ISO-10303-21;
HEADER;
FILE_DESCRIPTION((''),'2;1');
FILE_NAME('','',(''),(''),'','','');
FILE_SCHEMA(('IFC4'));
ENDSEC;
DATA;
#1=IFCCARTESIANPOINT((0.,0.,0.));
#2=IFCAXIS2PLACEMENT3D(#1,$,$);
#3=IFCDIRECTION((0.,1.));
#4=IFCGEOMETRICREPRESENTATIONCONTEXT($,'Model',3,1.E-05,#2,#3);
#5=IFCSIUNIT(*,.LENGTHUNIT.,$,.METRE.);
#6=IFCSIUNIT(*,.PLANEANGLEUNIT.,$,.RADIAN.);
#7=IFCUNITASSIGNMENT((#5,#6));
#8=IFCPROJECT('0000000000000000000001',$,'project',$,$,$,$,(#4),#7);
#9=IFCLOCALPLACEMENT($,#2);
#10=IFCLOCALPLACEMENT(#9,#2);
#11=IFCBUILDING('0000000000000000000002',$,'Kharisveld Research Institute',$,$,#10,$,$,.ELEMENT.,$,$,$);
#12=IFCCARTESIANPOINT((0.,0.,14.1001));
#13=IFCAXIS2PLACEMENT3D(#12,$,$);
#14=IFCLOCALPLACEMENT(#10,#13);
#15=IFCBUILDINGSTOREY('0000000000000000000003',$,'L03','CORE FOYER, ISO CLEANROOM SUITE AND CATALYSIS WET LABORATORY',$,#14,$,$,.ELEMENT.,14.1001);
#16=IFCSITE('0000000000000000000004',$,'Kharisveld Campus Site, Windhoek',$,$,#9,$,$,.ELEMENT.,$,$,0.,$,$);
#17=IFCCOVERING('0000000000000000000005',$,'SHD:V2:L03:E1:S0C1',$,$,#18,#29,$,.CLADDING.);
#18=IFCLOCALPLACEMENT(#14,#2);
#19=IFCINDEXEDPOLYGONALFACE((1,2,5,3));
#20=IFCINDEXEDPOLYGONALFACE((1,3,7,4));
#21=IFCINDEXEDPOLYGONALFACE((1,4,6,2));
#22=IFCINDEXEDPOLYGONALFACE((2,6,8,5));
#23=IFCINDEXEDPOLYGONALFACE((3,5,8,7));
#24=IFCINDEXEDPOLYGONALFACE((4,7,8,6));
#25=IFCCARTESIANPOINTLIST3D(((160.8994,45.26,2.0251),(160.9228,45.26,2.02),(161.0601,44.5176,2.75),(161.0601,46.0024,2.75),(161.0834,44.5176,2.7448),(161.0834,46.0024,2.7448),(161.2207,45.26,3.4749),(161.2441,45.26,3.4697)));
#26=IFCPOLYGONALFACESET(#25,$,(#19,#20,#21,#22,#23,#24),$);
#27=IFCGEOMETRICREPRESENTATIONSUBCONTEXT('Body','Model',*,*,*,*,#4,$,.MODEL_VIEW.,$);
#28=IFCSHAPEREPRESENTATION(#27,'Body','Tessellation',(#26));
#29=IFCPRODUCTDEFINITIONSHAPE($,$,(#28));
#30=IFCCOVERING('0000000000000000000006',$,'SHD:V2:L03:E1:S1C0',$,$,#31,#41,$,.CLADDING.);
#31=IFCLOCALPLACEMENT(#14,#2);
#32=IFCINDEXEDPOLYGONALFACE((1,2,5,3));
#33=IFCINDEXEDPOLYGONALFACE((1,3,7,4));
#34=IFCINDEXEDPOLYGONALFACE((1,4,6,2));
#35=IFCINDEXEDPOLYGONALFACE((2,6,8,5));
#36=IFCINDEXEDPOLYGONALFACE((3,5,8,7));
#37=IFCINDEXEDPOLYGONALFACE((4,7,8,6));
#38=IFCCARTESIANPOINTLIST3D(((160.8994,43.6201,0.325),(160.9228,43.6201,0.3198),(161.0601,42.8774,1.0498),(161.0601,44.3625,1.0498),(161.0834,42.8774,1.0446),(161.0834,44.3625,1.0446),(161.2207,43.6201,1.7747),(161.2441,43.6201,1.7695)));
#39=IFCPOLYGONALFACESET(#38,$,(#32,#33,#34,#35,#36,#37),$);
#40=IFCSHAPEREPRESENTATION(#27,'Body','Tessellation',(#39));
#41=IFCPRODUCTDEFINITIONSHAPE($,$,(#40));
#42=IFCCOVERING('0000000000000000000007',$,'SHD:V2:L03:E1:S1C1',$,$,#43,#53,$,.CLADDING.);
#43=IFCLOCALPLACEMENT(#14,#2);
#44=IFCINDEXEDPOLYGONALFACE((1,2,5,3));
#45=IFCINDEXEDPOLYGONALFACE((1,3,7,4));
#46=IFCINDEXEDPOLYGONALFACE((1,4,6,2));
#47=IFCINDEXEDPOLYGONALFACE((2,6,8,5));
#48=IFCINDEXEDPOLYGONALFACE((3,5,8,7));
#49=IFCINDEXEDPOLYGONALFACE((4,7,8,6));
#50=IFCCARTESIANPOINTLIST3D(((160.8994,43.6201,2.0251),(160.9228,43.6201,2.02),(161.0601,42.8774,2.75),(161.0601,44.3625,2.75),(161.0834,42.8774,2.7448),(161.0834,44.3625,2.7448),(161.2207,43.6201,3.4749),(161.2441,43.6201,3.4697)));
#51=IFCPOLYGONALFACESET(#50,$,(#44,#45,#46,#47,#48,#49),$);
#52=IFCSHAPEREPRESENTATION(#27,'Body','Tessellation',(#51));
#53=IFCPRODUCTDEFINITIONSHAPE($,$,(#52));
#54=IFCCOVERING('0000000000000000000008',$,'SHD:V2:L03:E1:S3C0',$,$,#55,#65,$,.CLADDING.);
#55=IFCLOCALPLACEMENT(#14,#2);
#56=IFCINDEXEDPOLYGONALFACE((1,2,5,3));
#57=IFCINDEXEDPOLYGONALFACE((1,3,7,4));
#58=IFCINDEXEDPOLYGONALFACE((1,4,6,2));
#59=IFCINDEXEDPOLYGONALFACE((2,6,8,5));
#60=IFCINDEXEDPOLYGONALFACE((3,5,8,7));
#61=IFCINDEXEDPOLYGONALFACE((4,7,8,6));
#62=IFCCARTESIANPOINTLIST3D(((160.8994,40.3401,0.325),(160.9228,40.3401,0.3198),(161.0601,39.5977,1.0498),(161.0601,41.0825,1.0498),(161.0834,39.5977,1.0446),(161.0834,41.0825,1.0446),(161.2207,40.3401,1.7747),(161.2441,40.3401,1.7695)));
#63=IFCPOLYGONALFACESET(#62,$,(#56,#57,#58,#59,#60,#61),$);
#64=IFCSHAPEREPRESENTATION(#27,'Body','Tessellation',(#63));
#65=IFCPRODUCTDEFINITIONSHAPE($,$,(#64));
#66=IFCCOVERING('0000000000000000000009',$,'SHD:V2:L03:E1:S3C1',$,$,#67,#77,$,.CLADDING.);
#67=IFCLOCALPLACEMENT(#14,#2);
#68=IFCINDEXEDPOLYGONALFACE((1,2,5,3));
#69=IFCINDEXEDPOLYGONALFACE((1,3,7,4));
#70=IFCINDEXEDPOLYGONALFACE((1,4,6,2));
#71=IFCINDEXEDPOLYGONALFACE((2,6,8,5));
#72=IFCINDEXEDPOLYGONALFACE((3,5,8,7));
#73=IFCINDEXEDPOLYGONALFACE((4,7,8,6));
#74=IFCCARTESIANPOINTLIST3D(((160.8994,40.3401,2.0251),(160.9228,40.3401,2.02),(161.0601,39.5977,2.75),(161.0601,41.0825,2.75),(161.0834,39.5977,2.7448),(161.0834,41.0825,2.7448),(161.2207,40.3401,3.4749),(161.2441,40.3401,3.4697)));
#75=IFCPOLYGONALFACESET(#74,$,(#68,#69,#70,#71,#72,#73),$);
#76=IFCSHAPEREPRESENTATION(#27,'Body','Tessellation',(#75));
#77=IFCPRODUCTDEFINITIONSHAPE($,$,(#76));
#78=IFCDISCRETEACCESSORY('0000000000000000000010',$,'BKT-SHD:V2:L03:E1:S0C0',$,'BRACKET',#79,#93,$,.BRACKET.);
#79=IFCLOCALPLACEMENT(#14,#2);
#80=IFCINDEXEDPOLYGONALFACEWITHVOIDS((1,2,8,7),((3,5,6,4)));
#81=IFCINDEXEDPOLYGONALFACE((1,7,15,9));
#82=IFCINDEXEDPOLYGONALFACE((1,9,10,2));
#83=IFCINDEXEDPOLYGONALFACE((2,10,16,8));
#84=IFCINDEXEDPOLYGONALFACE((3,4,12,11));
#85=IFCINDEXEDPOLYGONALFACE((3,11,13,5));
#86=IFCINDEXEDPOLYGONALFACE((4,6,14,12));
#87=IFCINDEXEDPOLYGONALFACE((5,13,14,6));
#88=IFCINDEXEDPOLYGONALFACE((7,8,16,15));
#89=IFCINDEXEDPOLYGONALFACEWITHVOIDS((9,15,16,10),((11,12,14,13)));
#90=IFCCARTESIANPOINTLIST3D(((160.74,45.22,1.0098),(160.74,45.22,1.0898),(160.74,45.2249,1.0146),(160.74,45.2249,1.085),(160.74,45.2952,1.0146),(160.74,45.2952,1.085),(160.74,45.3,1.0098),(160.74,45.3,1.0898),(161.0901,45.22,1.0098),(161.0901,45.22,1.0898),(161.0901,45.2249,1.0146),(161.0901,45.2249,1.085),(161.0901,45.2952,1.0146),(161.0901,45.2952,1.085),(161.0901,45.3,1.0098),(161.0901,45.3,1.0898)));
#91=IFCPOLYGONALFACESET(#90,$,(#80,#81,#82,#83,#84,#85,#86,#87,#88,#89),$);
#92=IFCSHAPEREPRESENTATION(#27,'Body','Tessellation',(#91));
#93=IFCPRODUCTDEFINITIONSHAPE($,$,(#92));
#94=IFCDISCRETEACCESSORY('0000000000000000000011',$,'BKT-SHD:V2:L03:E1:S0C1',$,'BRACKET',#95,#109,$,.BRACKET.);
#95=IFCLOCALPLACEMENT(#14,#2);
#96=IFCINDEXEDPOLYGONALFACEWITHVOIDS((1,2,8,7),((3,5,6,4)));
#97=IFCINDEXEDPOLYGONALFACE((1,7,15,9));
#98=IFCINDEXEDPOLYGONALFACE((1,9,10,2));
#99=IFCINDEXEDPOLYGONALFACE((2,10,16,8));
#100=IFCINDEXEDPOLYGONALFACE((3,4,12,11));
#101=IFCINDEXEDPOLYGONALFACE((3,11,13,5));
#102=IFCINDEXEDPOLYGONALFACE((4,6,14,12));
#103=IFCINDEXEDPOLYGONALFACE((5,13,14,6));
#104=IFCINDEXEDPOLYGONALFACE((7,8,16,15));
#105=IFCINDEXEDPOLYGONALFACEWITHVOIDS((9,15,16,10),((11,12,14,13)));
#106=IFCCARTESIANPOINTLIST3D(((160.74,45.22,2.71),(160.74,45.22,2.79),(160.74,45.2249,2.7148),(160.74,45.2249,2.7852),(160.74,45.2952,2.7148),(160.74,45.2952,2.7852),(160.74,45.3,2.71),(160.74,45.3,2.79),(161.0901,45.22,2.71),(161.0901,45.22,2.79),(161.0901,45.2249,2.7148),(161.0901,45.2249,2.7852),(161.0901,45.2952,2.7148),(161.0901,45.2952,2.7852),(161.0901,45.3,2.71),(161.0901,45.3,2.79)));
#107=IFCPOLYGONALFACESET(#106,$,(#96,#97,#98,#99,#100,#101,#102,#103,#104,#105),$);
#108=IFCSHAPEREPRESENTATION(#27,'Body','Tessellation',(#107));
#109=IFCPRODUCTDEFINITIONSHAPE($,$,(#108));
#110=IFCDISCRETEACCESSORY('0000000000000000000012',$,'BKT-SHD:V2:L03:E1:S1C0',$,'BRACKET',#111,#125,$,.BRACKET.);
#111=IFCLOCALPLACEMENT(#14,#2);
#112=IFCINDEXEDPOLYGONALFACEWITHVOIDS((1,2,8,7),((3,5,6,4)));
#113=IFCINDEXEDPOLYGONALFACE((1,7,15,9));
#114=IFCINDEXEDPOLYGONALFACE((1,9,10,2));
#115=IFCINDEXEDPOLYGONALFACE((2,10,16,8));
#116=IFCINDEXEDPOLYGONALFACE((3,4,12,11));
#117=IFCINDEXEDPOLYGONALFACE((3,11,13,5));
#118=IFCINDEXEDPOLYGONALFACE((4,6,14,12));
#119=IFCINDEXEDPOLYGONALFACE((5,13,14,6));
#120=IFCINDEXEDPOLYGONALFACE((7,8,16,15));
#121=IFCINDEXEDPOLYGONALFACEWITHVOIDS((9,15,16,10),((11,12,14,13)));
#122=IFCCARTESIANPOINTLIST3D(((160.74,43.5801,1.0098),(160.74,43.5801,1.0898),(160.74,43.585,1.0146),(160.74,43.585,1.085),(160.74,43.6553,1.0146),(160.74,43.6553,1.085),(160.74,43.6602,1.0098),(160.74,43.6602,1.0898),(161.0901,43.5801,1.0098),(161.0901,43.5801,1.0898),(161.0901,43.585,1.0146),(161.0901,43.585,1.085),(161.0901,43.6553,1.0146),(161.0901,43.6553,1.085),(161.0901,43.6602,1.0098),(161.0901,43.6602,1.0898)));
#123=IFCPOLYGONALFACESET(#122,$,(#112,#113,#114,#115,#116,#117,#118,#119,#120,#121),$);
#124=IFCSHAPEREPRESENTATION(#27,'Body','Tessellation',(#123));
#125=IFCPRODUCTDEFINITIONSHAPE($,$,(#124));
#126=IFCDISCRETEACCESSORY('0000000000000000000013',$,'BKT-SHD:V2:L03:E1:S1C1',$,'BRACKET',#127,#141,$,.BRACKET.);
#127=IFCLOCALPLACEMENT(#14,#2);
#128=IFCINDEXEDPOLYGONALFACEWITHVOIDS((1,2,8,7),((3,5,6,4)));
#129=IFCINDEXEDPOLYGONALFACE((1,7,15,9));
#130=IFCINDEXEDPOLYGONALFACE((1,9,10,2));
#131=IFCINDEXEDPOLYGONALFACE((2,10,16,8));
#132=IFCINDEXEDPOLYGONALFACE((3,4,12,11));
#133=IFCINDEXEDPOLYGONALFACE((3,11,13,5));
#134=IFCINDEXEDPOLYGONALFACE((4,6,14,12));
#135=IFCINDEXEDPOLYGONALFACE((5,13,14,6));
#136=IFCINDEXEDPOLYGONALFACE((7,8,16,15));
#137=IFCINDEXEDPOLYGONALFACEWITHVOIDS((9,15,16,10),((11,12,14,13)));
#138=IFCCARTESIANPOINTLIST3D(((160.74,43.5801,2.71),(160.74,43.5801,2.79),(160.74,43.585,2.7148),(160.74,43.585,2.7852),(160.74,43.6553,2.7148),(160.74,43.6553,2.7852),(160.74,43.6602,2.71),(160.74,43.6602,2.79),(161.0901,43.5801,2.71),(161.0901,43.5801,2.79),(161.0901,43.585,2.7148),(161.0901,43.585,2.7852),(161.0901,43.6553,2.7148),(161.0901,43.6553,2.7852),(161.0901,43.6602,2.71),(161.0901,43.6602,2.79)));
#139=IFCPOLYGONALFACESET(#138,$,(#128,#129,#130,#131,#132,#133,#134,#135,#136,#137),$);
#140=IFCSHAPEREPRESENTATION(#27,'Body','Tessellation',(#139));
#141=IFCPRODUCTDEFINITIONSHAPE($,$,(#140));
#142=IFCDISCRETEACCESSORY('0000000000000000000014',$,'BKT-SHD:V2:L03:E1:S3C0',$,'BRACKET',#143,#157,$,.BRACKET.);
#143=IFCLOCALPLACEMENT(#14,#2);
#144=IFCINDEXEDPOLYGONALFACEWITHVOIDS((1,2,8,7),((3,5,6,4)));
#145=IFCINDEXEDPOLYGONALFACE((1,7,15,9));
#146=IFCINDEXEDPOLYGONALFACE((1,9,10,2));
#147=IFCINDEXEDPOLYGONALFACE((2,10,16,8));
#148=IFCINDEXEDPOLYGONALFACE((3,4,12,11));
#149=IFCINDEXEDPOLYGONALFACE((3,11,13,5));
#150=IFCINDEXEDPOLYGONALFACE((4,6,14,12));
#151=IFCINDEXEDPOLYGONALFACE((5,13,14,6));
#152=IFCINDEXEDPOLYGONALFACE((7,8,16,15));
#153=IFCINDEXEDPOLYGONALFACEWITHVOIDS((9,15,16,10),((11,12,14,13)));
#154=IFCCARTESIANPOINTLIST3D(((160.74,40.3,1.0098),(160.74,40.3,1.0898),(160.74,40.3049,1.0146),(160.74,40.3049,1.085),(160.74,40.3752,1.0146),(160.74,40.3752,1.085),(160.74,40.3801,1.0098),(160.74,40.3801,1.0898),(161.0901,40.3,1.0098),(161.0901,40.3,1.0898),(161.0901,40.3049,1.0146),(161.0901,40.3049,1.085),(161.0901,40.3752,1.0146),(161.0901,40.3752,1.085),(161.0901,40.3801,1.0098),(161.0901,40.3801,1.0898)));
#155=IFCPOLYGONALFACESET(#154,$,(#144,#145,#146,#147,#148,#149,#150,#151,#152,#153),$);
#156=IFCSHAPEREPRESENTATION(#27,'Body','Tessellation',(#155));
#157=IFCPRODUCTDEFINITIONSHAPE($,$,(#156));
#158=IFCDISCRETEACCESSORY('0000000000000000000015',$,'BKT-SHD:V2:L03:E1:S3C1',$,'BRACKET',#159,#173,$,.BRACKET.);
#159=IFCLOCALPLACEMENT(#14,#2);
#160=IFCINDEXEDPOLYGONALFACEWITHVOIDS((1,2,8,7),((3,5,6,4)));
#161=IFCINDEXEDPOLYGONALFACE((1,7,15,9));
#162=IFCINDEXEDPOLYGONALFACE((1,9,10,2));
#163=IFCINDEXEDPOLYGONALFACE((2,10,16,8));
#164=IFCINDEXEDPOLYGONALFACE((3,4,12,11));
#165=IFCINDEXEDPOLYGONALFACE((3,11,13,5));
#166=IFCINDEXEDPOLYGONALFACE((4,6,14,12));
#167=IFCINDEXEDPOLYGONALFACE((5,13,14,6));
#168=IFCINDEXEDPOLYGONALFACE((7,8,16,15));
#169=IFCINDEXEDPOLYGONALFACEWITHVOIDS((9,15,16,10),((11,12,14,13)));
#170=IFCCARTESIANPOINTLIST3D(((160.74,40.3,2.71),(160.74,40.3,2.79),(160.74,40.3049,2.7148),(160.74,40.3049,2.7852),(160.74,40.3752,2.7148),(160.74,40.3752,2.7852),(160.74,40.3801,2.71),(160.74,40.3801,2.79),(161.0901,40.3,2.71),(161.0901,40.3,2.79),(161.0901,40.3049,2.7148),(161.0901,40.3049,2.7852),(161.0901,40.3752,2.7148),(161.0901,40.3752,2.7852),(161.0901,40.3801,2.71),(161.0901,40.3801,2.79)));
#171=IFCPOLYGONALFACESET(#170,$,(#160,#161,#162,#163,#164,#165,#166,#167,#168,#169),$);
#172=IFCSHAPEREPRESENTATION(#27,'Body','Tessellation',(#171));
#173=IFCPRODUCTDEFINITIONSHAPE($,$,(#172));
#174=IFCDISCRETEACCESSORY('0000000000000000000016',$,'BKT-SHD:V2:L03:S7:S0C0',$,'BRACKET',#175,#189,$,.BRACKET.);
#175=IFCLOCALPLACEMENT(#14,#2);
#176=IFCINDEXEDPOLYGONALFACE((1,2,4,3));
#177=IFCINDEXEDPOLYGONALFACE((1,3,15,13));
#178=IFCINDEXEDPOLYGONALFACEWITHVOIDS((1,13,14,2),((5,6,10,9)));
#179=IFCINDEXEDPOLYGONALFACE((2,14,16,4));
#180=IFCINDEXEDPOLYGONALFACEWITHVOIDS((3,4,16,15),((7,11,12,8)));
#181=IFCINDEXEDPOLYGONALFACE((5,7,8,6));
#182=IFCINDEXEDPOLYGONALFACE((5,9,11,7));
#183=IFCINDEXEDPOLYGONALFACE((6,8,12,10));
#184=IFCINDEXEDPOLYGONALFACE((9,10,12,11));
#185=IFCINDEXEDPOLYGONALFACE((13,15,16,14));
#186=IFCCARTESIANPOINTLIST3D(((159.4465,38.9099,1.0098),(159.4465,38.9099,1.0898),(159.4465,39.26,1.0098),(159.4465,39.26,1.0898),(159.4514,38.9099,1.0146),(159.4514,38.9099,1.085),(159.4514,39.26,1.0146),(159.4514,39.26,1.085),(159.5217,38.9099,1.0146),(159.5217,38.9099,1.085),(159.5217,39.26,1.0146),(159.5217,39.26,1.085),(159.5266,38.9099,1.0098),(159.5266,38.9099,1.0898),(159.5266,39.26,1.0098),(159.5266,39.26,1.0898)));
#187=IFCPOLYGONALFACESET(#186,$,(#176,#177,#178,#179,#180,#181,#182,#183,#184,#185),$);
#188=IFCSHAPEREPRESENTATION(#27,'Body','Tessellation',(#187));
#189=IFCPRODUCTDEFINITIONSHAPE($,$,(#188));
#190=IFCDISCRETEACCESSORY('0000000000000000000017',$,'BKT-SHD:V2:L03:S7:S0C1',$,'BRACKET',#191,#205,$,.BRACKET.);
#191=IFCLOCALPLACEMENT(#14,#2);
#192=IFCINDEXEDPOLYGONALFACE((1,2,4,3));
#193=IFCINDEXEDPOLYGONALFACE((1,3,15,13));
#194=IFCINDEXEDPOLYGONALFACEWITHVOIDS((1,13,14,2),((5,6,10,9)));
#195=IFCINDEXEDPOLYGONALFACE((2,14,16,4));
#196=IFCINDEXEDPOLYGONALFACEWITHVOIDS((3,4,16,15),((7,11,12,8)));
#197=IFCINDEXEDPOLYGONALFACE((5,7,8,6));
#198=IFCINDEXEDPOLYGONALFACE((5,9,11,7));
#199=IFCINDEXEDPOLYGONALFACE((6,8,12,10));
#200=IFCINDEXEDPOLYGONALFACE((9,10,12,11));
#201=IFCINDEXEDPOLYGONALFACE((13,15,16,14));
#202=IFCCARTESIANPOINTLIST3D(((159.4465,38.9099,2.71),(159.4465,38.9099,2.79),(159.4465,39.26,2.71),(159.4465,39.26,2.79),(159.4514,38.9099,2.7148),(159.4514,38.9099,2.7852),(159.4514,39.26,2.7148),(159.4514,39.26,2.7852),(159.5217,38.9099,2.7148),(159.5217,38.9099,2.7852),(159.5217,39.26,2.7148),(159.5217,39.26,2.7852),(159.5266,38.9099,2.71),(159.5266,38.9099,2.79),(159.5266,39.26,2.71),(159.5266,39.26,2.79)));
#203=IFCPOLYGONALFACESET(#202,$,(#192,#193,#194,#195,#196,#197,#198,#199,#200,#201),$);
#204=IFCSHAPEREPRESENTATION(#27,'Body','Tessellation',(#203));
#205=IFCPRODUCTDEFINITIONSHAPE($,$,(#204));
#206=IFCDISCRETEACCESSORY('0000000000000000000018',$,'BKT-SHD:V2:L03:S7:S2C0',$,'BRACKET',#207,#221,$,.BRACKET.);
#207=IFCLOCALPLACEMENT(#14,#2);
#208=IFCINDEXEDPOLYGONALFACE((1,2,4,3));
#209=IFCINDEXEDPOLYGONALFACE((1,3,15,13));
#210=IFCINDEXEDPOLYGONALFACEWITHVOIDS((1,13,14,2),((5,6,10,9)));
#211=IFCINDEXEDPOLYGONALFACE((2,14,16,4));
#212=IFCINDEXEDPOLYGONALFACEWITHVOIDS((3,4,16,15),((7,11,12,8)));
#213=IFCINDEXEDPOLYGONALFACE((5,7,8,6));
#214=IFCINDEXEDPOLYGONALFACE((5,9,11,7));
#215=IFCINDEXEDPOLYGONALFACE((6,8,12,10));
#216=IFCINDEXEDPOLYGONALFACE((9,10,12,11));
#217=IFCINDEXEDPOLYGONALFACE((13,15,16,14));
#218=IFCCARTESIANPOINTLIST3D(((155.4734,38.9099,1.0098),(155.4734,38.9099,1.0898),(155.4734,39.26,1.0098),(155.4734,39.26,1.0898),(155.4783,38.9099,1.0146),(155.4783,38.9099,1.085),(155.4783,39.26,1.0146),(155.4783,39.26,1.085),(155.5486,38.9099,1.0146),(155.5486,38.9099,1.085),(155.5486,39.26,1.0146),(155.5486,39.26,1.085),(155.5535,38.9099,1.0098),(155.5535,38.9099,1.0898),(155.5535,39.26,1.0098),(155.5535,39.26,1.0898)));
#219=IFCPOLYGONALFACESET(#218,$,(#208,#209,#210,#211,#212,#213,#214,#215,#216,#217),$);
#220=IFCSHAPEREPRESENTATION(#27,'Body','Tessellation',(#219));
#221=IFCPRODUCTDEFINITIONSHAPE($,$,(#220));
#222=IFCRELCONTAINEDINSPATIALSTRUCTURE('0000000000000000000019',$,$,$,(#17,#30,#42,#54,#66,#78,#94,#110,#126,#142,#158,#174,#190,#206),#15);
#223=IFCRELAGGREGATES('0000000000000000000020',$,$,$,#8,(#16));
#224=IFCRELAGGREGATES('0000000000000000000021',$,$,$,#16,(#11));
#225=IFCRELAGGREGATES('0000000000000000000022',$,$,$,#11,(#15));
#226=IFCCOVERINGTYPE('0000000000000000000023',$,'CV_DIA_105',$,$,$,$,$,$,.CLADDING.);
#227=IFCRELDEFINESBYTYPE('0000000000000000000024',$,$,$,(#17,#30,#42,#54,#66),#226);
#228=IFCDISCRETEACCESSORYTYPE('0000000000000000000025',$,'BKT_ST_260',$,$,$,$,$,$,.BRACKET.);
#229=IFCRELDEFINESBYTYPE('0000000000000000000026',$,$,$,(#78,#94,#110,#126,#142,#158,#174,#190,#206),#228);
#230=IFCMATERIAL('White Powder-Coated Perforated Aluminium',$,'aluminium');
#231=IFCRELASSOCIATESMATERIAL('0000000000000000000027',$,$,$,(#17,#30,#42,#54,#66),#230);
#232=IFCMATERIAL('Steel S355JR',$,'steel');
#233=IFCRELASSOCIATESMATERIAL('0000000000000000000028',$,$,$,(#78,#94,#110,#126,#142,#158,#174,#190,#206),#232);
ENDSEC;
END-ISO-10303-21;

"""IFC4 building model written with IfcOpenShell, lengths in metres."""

from ifc_helpers import new_model, si_unit, direction, frame, origin, origin_2d, place, context, subcontext, project, spatial, polyline, hollow_rectangle, outline, extrude, material, type_object, element, save


model = new_model("IFC4")

# Units and contexts
model_context = context("Model", 3, precision=1e-05, world=origin(), true_north=direction((0.0, 1.0)))
body_context = subcontext(model_context, "Body", "Model", "MODEL_VIEW")
ifc_project = project(units=[si_unit("LENGTHUNIT", "METRE"), si_unit("PLANEANGLEUNIT", "RADIAN")], contexts=[model_context])

# Site, building, storey
site_placement = place(None, origin())
site = spatial("IfcSite", under=ifc_project, at=site_placement, Name="Kharisveld Campus Site, Windhoek", CompositionType="ELEMENT", RefElevation=0.0)
building_placement = place(site_placement, origin())
building = spatial("IfcBuilding", under=site, at=building_placement, Name="Kharisveld Research Institute", CompositionType="ELEMENT")
storey_placement = place(building_placement, frame((0.0, 0.0, 14.1001)))
storey = spatial("IfcBuildingStorey", under=building, at=storey_placement, Name="L03", Description="CORE FOYER, ISO CLEANROOM SUITE AND CATALYSIS WET LABORATORY", CompositionType="ELEMENT", Elevation=14.1001)

# Coverings
ifc_material_1 = material(Name="White Powder-Coated Perforated Aluminium", Category="aluminium")
covering_type = type_object("IfcCoveringType", Name="CV_DIA_105", PredefinedType="CLADDING")
for number, where, z_axis, x_axis, name in (
    (1, (160.8994, 45.26, 2.0251), (-0.976311, 0.0, 0.216373), (0.153, -0.707102, 0.69036), "SHD:V2:L03:E1:S0C1"),
):
    element("IfcCovering", number, at=place(storey_placement, frame(where, z_axis=z_axis, x_axis=x_axis)), inside=storey, type_object=covering_type, material=ifc_material_1, Name=name, PredefinedType="CLADDING", context=body_context, shape_type="SweptSolid", body=[
        extrude(outline(polyline([(0.0, 0.0), (1.05, 0.0), (1.05, 1.05), (0.0, 1.05), (0.0, 0.0)])), origin(), (0.0, 0.0, -1.0), 0.0239),
    ])
for number, where, z_axis, x_axis, name in (
    (2, (160.8994, 43.6201, 0.325), (-0.976311, 0.0, 0.216373), (0.152975, -0.707218, 0.690247), "SHD:V2:L03:E1:S1C0"),
    (3, (160.8994, 43.6201, 2.0251), (-0.976311, 0.0, 0.216373), (0.152975, -0.707218, 0.690247), "SHD:V2:L03:E1:S1C1"),
):
    element("IfcCovering", number, at=place(storey_placement, frame(where, z_axis=z_axis, x_axis=x_axis)), inside=storey, type_object=covering_type, material=ifc_material_1, Name=name, PredefinedType="CLADDING", context=body_context, shape_type="SweptSolid", body=[
        extrude(outline(polyline([(0.0, 0.0), (1.0501, 0.0), (1.0498, 1.0501), (-0.0002, 1.05), (0.0, 0.0)])), origin(), (0.0, 0.0, -1.0), 0.0239),
    ])
for number, where, z_axis, x_axis, name in (
    (4, (160.8994, 40.3401, 0.325), (-0.976311, 0.0, 0.216373), (0.153, -0.707102, 0.69036), "SHD:V2:L03:E1:S3C0"),
    (5, (160.8994, 40.3401, 2.0251), (-0.976311, 0.0, 0.216373), (0.153, -0.707102, 0.69036), "SHD:V2:L03:E1:S3C1"),
):
    element("IfcCovering", number, at=place(storey_placement, frame(where, z_axis=z_axis, x_axis=x_axis)), inside=storey, type_object=covering_type, material=ifc_material_1, Name=name, PredefinedType="CLADDING", context=body_context, shape_type="SweptSolid", body=[
        extrude(outline(polyline([(0.0, 0.0), (1.05, 0.0), (1.05, 1.05), (0.0, 1.05), (0.0, 0.0)])), origin(), (0.0, 0.0, -1.0), 0.0239),
    ])

# Discrete accessories
ifc_material_2 = material(Name="Steel S355JR", Category="steel")
discrete_accessory_type = type_object("IfcDiscreteAccessoryType", Name="BKT_ST_260", PredefinedType="BRACKET")
for number, where, z_axis, x_axis, name in (
    (6, (160.74, 45.26, 1.0498), (1.0, 0.0, 0.0), (0.0, 1.0, 0.0), "BKT-SHD:V2:L03:E1:S0C0"),
    (7, (160.74, 45.26, 2.75), (1.0, 0.0, 0.0), (0.0, 1.0, 0.0), "BKT-SHD:V2:L03:E1:S0C1"),
    (8, (160.74, 43.6201, 1.0498), (1.0, 0.0, 0.0), (0.0, 1.0, 0.0), "BKT-SHD:V2:L03:E1:S1C0"),
    (9, (160.74, 43.6201, 2.75), (1.0, 0.0, 0.0), (0.0, 1.0, 0.0), "BKT-SHD:V2:L03:E1:S1C1"),
    (10, (160.74, 40.3401, 1.0498), (1.0, 0.0, 0.0), (0.0, 1.0, 0.0), "BKT-SHD:V2:L03:E1:S3C0"),
    (11, (160.74, 40.3401, 2.75), (1.0, 0.0, 0.0), (0.0, 1.0, 0.0), "BKT-SHD:V2:L03:E1:S3C1"),
    (12, (159.4866, 39.26, 1.0498), (0.0, -1.0, 0.0), (1.0, 0.0, 0.0), "BKT-SHD:V2:L03:S7:S0C0"),
    (13, (159.4866, 39.26, 2.75), (0.0, -1.0, 0.0), (1.0, 0.0, 0.0), "BKT-SHD:V2:L03:S7:S0C1"),
    (14, (155.5134, 39.26, 1.0498), (0.0, -1.0, 0.0), (1.0, 0.0, 0.0), "BKT-SHD:V2:L03:S7:S2C0"),
):
    element("IfcDiscreteAccessory", number, at=place(storey_placement, frame(where, z_axis=z_axis, x_axis=x_axis)), inside=storey, type_object=discrete_accessory_type, material=ifc_material_2, Name=name, ObjectType="BRACKET", PredefinedType="BRACKET", context=body_context, shape_type="SweptSolid", body=[
        extrude(hollow_rectangle(XDim=0.0801, YDim=0.0801, WallThickness=0.0049, at=origin_2d()), origin(), (0.0, 0.0, 1.0), 0.3501),
    ])

save(model, "model.ifc")
